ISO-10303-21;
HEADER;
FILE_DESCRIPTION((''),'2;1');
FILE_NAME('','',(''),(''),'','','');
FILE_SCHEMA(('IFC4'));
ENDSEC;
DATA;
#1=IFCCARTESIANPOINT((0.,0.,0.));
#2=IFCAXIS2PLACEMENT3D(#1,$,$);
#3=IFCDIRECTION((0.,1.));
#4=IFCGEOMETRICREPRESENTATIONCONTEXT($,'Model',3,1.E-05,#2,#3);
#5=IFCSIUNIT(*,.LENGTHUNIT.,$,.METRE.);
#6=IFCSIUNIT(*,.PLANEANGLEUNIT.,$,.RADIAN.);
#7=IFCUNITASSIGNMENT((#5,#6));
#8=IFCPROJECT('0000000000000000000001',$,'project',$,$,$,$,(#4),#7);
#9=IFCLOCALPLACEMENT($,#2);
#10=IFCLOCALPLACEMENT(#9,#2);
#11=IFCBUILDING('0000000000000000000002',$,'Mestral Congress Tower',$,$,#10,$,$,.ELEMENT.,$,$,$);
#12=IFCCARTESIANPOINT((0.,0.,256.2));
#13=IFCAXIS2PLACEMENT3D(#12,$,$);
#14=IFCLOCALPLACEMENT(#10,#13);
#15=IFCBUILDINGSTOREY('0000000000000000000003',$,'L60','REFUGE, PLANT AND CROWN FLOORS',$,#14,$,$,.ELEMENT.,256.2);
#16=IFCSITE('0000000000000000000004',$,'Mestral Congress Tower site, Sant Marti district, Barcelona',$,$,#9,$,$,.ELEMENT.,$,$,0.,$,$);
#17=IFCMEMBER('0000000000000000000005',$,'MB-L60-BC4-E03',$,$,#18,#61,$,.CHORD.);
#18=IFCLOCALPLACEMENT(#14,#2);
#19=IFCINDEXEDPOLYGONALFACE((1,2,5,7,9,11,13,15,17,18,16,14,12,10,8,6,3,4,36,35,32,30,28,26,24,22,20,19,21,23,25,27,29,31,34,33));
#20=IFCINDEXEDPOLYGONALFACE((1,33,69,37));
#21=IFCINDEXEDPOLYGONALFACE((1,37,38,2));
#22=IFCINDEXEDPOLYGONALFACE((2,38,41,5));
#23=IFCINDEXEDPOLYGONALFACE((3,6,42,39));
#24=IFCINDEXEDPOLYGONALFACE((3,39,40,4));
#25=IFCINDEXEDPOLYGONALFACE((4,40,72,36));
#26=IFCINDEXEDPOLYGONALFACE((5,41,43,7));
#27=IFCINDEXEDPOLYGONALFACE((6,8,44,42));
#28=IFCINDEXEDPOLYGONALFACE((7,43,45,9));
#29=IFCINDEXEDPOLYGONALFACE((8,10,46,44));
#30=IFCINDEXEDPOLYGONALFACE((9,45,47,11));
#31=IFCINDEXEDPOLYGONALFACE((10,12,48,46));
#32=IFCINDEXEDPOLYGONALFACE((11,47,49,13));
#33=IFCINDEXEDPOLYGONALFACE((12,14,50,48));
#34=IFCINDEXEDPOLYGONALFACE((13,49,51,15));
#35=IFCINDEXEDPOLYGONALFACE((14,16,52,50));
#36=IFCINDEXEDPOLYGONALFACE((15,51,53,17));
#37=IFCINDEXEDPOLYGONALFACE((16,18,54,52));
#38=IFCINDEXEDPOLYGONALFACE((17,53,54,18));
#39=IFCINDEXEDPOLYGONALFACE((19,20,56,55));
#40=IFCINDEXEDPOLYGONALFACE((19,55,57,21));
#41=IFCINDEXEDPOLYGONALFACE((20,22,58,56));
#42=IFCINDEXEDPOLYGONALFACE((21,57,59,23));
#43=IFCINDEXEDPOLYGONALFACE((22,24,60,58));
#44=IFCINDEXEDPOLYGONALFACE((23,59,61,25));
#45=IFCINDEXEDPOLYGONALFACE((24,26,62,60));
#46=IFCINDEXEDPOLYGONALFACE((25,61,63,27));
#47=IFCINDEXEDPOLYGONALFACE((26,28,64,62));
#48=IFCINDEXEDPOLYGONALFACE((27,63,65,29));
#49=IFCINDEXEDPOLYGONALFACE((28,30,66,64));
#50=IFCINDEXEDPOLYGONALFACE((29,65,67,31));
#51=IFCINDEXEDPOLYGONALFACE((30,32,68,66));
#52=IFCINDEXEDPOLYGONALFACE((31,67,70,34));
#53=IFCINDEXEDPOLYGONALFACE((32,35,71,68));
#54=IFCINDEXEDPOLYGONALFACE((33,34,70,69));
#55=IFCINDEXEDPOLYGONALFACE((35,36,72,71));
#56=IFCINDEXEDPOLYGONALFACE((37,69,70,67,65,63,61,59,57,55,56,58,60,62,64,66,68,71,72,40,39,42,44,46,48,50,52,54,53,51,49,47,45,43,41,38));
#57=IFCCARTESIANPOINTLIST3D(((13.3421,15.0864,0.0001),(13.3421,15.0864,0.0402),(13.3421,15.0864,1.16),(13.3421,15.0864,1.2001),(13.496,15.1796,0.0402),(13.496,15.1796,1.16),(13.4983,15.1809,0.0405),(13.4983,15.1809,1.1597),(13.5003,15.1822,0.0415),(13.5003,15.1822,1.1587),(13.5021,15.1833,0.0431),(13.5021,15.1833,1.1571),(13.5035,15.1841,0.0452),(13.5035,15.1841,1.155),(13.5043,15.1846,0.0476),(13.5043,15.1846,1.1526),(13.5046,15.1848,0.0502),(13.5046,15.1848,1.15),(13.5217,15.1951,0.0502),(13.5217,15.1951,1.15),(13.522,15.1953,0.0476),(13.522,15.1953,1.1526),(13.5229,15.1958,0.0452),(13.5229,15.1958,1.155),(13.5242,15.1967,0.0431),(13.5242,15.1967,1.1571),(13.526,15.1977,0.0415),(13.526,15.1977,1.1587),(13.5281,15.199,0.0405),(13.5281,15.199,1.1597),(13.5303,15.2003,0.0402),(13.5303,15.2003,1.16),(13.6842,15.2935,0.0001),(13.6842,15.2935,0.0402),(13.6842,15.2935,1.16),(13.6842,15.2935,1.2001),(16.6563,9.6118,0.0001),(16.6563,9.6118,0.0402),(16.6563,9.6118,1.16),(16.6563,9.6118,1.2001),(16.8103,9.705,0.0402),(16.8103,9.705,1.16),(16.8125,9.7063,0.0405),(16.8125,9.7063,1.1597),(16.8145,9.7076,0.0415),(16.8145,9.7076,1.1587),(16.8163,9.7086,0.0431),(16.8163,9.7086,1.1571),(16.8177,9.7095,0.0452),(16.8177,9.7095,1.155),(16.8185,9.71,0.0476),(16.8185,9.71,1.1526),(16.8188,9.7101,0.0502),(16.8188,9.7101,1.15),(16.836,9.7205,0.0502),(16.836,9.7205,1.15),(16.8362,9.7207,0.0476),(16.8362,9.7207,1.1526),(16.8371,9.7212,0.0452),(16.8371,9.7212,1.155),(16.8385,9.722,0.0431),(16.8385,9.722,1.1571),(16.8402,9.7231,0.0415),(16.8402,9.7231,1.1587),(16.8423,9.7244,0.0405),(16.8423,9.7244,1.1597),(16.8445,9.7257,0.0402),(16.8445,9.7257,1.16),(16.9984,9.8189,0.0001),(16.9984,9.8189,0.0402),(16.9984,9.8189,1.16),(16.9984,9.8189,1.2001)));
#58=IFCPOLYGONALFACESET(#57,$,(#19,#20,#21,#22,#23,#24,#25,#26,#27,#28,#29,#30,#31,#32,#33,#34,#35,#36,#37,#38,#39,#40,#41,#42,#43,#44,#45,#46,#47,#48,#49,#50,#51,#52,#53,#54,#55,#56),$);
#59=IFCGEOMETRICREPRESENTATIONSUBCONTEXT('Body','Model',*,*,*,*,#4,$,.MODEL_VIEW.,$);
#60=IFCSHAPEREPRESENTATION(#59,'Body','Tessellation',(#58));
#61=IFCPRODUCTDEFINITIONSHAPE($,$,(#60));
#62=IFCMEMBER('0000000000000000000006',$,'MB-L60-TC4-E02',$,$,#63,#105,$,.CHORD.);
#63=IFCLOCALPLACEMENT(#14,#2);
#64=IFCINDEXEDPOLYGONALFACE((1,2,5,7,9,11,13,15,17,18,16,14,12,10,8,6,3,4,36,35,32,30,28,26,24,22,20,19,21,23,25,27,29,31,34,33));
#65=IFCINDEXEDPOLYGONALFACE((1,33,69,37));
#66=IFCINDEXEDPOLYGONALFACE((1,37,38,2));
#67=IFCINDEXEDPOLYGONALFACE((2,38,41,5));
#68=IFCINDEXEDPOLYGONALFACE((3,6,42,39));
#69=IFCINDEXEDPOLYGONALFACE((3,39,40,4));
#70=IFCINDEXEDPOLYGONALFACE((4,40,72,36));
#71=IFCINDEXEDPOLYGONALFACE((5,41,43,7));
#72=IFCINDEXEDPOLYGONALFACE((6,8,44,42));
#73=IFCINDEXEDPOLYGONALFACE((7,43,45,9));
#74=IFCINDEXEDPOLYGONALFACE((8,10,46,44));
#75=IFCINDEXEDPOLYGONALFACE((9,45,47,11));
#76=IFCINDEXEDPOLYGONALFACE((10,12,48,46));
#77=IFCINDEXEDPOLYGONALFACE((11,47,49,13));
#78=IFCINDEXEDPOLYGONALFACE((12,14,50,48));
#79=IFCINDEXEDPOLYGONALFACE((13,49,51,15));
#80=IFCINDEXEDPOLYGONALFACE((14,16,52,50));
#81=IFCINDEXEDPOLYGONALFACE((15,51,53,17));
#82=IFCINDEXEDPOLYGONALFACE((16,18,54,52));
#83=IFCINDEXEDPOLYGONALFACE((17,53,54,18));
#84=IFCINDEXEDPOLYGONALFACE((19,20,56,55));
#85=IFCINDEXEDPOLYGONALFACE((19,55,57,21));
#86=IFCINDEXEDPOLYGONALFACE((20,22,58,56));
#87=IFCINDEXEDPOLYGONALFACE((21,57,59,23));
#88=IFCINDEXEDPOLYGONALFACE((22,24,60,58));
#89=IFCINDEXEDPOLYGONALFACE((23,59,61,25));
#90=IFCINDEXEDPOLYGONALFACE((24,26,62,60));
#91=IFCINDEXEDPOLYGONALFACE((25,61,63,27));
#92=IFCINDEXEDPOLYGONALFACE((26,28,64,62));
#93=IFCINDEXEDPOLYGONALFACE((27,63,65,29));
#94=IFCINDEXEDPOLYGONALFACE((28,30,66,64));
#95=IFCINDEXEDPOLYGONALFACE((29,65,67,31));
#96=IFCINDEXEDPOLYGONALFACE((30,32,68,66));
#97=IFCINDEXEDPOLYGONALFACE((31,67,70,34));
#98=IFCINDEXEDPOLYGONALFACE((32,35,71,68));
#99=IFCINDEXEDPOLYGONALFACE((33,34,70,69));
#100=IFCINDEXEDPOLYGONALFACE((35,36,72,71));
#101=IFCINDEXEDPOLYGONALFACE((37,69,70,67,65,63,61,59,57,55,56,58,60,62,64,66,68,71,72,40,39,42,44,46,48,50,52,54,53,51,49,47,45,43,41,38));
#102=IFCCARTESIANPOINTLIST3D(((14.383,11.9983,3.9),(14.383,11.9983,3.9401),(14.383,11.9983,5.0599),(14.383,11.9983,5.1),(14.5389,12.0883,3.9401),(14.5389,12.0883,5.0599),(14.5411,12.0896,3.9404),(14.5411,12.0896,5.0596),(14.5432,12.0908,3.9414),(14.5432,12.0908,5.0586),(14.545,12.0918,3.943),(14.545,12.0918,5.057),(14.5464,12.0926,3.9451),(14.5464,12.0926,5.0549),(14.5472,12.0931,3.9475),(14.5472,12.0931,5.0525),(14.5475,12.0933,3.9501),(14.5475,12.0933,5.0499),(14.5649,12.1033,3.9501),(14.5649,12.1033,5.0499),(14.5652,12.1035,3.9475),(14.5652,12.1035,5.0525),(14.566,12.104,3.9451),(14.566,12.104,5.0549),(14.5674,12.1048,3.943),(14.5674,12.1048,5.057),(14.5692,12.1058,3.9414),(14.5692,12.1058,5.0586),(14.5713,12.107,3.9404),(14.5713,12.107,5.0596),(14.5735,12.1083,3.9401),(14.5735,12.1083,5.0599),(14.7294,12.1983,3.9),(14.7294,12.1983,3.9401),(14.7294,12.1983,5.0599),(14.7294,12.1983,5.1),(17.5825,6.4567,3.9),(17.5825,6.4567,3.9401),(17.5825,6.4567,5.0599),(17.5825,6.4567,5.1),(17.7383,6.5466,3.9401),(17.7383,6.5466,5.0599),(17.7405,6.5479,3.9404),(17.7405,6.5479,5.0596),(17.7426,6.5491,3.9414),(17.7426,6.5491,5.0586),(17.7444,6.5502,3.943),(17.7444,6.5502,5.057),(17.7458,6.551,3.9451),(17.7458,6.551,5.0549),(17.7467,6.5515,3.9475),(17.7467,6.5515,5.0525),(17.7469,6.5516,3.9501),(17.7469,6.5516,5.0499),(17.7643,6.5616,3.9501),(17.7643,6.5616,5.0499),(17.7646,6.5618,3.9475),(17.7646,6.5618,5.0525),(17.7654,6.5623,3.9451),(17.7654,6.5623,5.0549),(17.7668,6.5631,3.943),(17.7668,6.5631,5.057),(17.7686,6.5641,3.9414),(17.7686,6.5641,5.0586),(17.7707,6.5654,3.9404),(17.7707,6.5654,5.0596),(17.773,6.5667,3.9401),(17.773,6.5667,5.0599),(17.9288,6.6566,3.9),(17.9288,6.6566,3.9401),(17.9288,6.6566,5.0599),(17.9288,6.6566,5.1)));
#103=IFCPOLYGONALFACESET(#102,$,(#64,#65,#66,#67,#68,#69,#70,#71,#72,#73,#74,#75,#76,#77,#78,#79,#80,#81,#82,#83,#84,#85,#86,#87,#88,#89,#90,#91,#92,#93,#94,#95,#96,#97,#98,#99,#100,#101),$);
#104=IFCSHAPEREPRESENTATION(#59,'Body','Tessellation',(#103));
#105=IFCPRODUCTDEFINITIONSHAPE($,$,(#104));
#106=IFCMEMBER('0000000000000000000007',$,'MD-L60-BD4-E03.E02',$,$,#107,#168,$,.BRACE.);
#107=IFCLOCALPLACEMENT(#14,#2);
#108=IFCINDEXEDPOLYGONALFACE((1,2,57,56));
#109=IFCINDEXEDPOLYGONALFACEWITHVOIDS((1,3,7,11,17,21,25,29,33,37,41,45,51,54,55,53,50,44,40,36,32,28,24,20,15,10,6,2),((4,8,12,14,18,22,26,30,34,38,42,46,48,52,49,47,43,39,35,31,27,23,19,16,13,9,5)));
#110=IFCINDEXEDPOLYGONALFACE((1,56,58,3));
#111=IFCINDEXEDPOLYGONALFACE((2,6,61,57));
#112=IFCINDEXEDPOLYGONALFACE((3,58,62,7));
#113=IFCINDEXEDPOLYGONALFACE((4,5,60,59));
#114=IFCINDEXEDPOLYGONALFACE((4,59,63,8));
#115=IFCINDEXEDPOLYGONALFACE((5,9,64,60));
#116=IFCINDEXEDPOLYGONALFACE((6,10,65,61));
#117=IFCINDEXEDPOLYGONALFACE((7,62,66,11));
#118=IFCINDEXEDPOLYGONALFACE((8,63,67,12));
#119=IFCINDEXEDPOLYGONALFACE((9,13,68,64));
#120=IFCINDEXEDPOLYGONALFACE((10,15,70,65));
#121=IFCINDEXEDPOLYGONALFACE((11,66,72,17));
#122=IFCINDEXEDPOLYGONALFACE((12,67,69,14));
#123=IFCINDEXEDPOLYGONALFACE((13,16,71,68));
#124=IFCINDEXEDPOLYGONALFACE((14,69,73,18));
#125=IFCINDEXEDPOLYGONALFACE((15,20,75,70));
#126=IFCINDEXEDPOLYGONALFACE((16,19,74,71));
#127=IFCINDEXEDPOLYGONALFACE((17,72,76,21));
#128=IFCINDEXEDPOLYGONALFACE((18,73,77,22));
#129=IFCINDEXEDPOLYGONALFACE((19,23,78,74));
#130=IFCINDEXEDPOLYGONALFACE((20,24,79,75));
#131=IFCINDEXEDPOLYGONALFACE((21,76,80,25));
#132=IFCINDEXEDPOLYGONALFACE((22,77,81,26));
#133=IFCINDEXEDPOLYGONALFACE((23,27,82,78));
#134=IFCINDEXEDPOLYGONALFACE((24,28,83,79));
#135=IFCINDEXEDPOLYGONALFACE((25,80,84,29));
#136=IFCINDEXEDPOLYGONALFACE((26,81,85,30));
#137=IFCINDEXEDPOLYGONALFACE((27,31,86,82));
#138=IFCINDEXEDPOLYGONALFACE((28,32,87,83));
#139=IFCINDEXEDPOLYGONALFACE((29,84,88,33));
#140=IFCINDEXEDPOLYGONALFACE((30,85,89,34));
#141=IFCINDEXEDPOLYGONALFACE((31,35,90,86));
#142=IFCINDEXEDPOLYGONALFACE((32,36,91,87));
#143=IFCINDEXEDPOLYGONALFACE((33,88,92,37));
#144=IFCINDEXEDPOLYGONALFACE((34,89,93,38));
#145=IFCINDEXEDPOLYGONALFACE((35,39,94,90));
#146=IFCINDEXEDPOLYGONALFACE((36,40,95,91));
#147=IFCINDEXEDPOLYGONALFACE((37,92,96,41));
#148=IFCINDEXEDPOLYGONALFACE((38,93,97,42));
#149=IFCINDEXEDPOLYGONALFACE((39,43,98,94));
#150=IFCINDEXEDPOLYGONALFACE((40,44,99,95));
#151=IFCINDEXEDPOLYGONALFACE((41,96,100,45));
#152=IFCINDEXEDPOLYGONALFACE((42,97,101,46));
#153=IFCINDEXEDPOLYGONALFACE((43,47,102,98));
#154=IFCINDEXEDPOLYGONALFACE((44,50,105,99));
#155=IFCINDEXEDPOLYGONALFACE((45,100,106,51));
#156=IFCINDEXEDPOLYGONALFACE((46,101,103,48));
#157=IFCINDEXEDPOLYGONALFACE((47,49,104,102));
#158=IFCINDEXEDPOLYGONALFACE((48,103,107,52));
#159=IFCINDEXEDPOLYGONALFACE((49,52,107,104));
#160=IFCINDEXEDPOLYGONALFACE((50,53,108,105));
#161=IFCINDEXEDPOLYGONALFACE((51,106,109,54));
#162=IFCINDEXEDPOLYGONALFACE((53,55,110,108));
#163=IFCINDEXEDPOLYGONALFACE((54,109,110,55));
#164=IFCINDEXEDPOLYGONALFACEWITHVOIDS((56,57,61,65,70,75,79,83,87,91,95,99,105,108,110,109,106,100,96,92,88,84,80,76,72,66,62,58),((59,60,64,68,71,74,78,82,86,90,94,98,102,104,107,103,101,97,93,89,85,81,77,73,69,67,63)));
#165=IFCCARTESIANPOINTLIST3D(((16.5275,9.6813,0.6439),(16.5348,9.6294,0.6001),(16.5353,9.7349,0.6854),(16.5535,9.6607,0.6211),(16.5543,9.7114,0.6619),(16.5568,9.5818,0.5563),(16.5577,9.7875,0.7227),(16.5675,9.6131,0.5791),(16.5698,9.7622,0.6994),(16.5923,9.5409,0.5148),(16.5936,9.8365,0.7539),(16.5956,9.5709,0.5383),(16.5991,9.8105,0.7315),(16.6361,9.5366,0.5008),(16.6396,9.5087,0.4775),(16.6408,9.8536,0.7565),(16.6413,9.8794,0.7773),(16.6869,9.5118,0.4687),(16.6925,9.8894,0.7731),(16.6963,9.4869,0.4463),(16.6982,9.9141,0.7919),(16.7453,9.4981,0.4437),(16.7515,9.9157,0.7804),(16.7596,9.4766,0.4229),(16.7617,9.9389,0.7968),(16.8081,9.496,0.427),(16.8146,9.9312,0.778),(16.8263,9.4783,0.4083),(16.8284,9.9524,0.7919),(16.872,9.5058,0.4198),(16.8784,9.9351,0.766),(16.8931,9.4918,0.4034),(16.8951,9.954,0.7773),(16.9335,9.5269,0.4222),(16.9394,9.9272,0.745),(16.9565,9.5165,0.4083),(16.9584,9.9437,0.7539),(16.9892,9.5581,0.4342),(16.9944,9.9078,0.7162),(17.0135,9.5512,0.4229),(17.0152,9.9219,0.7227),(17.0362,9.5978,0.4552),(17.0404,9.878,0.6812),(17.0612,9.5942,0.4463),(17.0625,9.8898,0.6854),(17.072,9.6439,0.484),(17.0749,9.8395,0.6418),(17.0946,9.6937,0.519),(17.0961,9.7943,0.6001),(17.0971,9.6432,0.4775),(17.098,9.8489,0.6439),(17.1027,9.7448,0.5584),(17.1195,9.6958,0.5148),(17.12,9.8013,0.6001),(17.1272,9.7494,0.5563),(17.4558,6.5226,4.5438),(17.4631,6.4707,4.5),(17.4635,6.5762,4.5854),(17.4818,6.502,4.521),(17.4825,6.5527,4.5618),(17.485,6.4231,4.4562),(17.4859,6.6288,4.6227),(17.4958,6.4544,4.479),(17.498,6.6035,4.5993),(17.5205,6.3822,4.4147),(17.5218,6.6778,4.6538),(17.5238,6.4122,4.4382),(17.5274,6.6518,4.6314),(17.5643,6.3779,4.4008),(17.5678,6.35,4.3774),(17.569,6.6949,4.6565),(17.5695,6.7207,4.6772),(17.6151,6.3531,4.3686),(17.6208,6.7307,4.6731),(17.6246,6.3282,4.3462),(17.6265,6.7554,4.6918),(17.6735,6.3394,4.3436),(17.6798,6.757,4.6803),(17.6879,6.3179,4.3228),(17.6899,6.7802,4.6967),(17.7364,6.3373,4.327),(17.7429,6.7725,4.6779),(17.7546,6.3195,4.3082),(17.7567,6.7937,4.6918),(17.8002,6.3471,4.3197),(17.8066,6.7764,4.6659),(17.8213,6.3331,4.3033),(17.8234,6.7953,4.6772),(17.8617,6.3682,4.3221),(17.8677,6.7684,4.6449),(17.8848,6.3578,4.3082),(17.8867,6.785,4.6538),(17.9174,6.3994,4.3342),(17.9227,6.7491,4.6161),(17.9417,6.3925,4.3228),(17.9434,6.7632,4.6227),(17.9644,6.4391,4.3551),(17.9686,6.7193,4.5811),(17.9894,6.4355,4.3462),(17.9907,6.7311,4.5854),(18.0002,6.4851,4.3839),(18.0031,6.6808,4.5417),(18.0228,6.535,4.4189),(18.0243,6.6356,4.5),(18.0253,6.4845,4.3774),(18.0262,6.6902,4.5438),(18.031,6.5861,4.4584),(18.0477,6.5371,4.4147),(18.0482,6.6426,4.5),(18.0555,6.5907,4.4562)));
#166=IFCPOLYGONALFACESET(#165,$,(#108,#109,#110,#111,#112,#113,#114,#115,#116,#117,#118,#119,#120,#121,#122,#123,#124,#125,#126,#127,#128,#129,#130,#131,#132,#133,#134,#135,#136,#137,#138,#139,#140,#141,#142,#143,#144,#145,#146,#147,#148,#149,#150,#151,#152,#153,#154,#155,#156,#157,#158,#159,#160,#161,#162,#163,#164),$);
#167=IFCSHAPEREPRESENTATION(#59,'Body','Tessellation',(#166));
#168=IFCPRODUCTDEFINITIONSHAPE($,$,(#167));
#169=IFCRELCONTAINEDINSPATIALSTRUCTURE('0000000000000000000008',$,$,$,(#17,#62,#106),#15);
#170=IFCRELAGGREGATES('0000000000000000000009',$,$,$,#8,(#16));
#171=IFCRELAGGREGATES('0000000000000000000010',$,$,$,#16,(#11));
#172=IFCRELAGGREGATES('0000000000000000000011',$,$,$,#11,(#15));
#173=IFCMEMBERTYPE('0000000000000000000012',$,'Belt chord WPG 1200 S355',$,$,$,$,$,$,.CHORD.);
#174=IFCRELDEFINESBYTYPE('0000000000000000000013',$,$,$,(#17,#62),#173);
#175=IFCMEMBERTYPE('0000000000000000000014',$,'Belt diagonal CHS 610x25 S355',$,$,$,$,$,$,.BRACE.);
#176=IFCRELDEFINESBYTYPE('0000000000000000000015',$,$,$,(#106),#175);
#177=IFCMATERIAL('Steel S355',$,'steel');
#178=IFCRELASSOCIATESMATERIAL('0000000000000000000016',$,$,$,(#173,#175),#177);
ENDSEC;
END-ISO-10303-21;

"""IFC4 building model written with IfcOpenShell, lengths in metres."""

from ifc_helpers import new_model, si_unit, direction, frame, origin, origin_2d, place, context, subcontext, project, spatial, hollow_circle, i_section, extrude, material, material_profile, profile_set, type_object, element, save


model = new_model("IFC4")

# Units and contexts
model_context = context("Model", 3, precision=1e-05, world=origin(), true_north=direction((0.0, 1.0)))
body_context = subcontext(model_context, "Body", "Model", "MODEL_VIEW")
ifc_project = project(units=[si_unit("LENGTHUNIT", "METRE"), si_unit("PLANEANGLEUNIT", "RADIAN")], contexts=[model_context])

# Site, building, storey
site_placement = place(None, origin())
site = spatial("IfcSite", under=ifc_project, at=site_placement, Name="Mestral Congress Tower site, Sant Marti district, Barcelona", CompositionType="ELEMENT", RefElevation=0.0)
building_placement = place(site_placement, origin())
building = spatial("IfcBuilding", under=site, at=building_placement, Name="Mestral Congress Tower", CompositionType="ELEMENT")
storey_placement = place(building_placement, frame((0.0, 0.0, 256.2)))
storey = spatial("IfcBuildingStorey", under=building, at=storey_placement, Name="L60", Description="REFUGE, PLANT AND CROWN FLOORS", CompositionType="ELEMENT", Elevation=256.2)

# Members
ifc_material_1 = material(Name="Steel S355", Category="steel")
ifc_material_profile_1 = material_profile(ifc_material_1, i_section(OverallWidth=0.3999, OverallDepth=1.2, WebThickness=0.02, FlangeThickness=0.04, FilletRadius=0.01, at=origin_2d()), Name="WPG 1200")
ifc_profile_set_1 = profile_set([ifc_material_profile_1], Name="Steel S355")
member_type_1 = type_object("IfcMemberType", Name="Belt chord WPG 1200 S355", PredefinedType="CHORD", material=ifc_profile_set_1)
member_1_placement = place(storey_placement, frame((16.8274, 9.7153, 0.6001), z_axis=(-0.517875, 0.855456, 0.0), x_axis=(-0.855456, -0.517875, 0.0)))
element("IfcMember", 1, at=member_1_placement, inside=storey, type_object=member_type_1, Name="MB-L60-BC4-E03", PredefinedType="CHORD", context=body_context, shape_type="SweptSolid", body=[
    extrude(i_section(OverallWidth=0.3999, OverallDepth=1.2, WebThickness=0.02, FlangeThickness=0.04, FilletRadius=0.01, at=origin_2d()), origin(), (0.0, 0.0, 1.0), 6.3997),
])
member_2_placement = place(storey_placement, frame((17.7556, 6.5566, 4.5), z_axis=(-0.499992, 0.86603, 0.0), x_axis=(-0.86603, -0.499992, 0.0)))
element("IfcMember", 2, at=member_2_placement, inside=storey, type_object=member_type_1, Name="MB-L60-TC4-E02", PredefinedType="CHORD", context=body_context, shape_type="SweptSolid", body=[
    extrude(i_section(OverallWidth=0.3999, OverallDepth=1.2, WebThickness=0.02, FlangeThickness=0.04, FilletRadius=0.01, at=origin_2d()), origin(), (0.0, 0.0, 1.0), 6.3989),
])
ifc_material_profile_2 = material_profile(ifc_material_1, hollow_circle(Radius=0.3049, WallThickness=0.0249, at=origin_2d()), Name="CHS 610x25")
ifc_profile_set_2 = profile_set([ifc_material_profile_2], Name="Steel S355")
member_type_2 = type_object("IfcMemberType", Name="Belt diagonal CHS 610x25 S355", PredefinedType="BRACE", material=ifc_profile_set_2)
member_3_placement = place(storey_placement, frame((16.8274, 9.7153, 0.6001), z_axis=(0.181871, -0.618897, 0.764126), x_axis=(0.959432, 0.281941, 0.0)))
element("IfcMember", 3, at=member_3_placement, inside=storey, type_object=member_type_2, Name="MD-L60-BD4-E03.E02", PredefinedType="BRACE", context=body_context, shape_type="SweptSolid", body=[
    extrude(hollow_circle(Radius=0.3049, WallThickness=0.0249, at=origin_2d()), origin(), (0.0, 0.0, 1.0), 5.1038),
])

save(model, "model.ifc")
